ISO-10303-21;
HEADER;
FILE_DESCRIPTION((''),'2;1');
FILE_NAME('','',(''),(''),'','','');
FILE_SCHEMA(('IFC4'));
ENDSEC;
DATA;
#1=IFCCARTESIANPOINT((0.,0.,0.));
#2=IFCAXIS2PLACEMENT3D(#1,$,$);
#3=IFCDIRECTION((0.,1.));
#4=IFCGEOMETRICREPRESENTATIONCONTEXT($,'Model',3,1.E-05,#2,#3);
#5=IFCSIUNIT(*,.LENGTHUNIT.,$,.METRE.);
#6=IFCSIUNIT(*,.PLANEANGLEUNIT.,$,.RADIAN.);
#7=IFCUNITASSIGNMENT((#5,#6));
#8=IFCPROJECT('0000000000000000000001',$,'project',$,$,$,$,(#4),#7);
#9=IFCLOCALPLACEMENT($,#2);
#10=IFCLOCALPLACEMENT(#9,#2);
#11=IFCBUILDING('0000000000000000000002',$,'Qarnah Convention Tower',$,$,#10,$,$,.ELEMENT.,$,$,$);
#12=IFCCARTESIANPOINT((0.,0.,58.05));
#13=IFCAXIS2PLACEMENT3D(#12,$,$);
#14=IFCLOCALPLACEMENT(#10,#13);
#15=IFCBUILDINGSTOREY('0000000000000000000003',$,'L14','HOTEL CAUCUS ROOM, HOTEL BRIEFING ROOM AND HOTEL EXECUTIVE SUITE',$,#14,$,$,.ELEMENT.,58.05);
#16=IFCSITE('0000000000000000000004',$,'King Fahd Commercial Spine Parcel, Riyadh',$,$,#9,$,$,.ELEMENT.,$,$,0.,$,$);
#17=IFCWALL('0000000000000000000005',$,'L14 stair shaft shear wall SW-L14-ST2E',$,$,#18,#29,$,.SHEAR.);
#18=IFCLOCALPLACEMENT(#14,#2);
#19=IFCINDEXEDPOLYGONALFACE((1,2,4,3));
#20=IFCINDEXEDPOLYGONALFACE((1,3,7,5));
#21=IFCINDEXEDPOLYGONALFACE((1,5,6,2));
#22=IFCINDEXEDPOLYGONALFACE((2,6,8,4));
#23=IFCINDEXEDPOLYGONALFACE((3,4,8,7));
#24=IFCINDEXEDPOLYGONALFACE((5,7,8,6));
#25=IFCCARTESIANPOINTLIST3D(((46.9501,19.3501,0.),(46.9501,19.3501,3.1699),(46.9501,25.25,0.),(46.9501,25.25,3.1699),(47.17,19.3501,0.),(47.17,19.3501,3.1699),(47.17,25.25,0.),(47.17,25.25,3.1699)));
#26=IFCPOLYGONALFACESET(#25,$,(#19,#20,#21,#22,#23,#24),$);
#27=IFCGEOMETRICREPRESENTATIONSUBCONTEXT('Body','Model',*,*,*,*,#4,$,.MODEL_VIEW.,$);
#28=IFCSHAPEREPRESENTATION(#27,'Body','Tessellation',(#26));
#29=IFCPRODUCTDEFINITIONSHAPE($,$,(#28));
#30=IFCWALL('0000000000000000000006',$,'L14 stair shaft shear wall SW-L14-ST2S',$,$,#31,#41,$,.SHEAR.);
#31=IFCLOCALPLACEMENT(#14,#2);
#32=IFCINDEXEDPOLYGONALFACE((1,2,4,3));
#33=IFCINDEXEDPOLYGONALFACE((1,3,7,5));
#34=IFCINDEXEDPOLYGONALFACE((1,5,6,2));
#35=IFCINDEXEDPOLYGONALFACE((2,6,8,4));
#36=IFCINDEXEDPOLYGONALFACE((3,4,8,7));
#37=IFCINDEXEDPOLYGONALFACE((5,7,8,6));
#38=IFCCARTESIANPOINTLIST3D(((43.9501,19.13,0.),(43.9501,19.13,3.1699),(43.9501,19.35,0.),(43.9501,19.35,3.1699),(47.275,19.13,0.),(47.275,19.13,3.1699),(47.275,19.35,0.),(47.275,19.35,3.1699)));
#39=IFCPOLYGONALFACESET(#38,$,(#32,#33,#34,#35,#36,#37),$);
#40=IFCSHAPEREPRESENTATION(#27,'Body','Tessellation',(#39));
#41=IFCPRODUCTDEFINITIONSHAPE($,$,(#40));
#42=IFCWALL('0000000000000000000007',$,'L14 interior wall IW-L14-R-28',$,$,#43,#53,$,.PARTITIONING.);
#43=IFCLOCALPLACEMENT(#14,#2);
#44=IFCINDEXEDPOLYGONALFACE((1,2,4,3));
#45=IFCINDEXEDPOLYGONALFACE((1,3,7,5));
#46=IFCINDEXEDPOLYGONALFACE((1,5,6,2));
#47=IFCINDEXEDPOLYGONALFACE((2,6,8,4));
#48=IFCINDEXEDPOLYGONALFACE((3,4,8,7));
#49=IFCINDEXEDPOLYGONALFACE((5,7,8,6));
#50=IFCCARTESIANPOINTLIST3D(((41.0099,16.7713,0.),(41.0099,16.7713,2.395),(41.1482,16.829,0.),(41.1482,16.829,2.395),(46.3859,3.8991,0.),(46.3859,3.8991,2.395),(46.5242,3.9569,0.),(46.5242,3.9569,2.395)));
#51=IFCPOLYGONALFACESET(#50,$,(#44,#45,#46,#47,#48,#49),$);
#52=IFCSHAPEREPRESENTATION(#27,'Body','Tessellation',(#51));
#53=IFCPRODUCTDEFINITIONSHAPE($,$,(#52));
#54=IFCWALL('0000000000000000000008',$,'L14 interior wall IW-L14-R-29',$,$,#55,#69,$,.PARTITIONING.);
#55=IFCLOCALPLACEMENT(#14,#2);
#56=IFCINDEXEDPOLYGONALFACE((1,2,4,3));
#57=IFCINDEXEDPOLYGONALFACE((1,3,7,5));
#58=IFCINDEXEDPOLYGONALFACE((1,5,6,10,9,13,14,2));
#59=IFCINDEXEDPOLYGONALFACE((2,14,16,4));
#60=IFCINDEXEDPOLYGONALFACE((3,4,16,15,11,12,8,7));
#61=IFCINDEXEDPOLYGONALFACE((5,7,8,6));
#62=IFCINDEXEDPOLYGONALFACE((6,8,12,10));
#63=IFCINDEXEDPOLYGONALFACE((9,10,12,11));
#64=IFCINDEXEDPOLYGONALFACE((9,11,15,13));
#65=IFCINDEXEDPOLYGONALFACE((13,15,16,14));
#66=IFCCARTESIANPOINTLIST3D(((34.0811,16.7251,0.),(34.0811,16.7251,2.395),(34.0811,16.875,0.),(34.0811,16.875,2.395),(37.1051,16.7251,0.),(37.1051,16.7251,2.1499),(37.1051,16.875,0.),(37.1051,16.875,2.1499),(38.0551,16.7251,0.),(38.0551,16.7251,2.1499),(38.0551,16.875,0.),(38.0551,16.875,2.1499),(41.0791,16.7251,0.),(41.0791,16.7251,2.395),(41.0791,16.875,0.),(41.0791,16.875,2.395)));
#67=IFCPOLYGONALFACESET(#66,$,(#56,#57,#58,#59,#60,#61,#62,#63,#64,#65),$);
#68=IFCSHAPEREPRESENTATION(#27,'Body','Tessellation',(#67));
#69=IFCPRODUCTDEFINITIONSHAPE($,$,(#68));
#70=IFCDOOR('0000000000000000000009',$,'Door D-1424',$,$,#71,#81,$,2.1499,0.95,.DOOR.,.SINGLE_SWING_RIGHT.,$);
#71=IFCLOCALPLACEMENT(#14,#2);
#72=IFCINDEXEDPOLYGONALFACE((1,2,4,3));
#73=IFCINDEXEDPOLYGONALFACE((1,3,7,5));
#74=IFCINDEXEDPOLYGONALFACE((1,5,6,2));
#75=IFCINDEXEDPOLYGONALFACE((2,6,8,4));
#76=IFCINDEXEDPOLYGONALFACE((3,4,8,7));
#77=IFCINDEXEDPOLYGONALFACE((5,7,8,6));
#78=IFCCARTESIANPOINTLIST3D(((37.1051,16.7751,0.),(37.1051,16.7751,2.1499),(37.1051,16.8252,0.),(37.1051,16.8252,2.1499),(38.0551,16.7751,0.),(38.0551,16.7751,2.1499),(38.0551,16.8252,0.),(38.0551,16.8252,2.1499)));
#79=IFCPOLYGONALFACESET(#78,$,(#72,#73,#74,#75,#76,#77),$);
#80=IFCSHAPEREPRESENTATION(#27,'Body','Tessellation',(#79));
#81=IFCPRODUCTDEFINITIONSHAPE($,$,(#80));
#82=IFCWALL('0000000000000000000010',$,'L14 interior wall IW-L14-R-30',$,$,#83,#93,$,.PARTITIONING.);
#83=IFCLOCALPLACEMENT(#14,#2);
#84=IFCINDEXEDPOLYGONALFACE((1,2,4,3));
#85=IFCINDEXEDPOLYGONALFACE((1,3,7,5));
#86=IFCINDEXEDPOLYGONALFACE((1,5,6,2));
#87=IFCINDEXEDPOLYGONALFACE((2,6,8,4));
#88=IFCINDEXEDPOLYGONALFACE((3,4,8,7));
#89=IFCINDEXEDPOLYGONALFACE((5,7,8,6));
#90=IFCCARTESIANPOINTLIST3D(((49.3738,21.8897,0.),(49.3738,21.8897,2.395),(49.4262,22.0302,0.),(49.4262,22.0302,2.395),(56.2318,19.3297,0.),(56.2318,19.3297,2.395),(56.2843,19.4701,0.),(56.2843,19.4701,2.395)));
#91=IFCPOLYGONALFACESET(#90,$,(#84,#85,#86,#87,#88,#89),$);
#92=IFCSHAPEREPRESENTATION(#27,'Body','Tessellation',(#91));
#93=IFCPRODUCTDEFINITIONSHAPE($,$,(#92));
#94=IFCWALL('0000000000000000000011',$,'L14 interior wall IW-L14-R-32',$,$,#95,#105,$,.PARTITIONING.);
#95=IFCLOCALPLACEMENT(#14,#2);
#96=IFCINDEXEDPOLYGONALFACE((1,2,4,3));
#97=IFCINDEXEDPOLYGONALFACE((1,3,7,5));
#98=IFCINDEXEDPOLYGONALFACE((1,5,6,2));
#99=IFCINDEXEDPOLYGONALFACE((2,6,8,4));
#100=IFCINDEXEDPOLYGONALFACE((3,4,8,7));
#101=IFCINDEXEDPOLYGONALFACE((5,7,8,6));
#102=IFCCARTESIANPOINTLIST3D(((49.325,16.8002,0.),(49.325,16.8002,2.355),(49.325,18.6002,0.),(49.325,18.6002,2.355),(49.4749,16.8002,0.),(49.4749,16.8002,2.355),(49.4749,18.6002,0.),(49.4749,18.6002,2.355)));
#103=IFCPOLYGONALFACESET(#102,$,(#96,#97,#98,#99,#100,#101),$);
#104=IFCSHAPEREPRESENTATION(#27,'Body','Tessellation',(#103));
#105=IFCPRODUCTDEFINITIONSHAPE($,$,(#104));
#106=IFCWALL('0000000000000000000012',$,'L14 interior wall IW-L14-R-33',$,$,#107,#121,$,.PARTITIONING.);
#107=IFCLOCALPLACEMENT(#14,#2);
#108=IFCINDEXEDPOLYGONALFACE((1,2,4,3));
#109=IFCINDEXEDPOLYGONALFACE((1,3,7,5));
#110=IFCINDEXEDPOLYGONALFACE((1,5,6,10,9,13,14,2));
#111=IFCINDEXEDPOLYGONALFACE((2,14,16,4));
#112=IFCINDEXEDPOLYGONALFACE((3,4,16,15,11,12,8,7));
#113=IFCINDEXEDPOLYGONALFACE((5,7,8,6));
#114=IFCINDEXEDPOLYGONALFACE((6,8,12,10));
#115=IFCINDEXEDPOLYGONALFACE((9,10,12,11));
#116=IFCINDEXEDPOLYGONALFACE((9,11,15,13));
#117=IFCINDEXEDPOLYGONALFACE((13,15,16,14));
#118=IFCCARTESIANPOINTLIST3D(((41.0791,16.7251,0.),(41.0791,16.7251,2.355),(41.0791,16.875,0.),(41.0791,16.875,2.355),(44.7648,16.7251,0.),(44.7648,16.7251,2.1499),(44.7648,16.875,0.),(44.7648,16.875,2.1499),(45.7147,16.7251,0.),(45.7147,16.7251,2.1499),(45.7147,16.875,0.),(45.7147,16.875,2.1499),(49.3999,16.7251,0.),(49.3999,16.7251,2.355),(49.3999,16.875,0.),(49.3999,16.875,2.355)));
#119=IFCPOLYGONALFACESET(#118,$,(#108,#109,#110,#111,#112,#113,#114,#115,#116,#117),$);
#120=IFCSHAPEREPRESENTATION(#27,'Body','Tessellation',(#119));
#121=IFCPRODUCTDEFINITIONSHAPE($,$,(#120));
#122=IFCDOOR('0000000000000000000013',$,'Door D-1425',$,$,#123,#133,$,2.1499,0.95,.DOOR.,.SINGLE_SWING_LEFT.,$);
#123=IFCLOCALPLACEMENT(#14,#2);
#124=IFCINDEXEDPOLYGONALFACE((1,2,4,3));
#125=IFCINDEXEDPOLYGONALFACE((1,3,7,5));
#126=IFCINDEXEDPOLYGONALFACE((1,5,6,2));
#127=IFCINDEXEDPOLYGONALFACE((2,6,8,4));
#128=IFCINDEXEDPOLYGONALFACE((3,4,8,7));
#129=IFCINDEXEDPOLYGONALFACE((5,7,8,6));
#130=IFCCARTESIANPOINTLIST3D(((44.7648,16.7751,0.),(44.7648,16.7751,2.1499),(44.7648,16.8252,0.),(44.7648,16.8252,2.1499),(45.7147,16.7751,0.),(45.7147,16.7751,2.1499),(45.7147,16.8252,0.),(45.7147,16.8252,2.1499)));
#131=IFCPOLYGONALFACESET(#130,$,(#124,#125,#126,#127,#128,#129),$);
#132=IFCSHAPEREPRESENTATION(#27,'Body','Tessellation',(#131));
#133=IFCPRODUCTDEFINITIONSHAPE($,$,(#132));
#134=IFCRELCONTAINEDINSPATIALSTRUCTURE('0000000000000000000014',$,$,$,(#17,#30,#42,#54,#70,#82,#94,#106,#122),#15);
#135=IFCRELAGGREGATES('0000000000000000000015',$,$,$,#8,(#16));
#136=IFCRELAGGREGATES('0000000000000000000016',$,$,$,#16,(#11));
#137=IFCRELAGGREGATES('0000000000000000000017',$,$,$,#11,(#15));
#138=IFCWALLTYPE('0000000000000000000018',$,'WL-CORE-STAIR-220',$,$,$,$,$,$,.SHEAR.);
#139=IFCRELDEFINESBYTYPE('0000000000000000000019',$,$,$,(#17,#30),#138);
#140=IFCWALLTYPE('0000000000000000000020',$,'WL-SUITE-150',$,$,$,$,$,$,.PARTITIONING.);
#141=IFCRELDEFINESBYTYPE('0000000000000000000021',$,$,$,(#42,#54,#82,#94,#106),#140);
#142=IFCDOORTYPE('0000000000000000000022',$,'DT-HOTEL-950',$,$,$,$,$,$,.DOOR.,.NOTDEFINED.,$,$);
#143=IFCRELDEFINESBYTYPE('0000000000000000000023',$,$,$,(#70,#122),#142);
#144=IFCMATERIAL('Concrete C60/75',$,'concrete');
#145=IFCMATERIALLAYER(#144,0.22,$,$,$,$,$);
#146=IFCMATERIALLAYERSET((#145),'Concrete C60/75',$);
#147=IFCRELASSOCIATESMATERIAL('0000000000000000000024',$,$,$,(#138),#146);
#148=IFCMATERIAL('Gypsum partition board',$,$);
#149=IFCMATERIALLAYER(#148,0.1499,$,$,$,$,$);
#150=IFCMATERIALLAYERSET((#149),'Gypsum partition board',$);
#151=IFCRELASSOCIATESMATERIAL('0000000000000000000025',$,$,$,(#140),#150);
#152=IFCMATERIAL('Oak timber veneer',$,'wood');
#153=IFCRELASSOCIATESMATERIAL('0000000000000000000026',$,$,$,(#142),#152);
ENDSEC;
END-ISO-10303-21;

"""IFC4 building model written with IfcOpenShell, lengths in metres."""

from ifc_helpers import new_model, si_unit, direction, frame, frame_2d, origin, place, context, subcontext, project, spatial, rectangle, extrude, material, layer, layer_set, type_object, element, fill, save


model = new_model("IFC4")

# Units and contexts
model_context = context("Model", 3, precision=1e-05, world=origin(), true_north=direction((0.0, 1.0)))
body_context = subcontext(model_context, "Body", "Model", "MODEL_VIEW")
ifc_project = project(units=[si_unit("LENGTHUNIT", "METRE"), si_unit("PLANEANGLEUNIT", "RADIAN")], contexts=[model_context])

# Site, building, storey
site_placement = place(None, origin())
site = spatial("IfcSite", under=ifc_project, at=site_placement, Name="King Fahd Commercial Spine Parcel, Riyadh", CompositionType="ELEMENT", RefElevation=0.0)
building_placement = place(site_placement, origin())
building = spatial("IfcBuilding", under=site, at=building_placement, Name="Qarnah Convention Tower", CompositionType="ELEMENT")
storey_placement = place(building_placement, frame((0.0, 0.0, 58.05)))
storey = spatial("IfcBuildingStorey", under=building, at=storey_placement, Name="L14", Description="HOTEL CAUCUS ROOM, HOTEL BRIEFING ROOM AND HOTEL EXECUTIVE SUITE", CompositionType="ELEMENT", Elevation=58.05)

# Shared definitions
ifc_material_1 = material(Name="Concrete C60/75", Category="concrete")

# Walls
ifc_layer_1 = layer(ifc_material_1, 0.22)
ifc_layer_set_1 = layer_set([ifc_layer_1], Name="Concrete C60/75")
wall_type_1 = type_object("IfcWallType", Name="WL-CORE-STAIR-220", PredefinedType="SHEAR", material=ifc_layer_set_1)
wall_1_placement = place(storey_placement, frame((47.0601, 19.3501, 0.0), z_axis=(0.0, 0.0, 1.0), x_axis=(0.0, 1.0, 0.0)))
element("IfcWall", 1, at=wall_1_placement, inside=storey, type_object=wall_type_1, Name="L14 stair shaft shear wall SW-L14-ST2E", PredefinedType="SHEAR", context=body_context, shape_type="SweptSolid", body=[
    extrude(rectangle(XDim=5.8999, YDim=0.22, at=frame_2d((2.95, 0.0))), origin(), (0.0, 0.0, 1.0), 3.1699),
])
wall_2_placement = place(storey_placement, frame((43.95, 19.24, 0.0), z_axis=(0.0, 0.0, 1.0), x_axis=(1.0, 0.0, 0.0)))
element("IfcWall", 2, at=wall_2_placement, inside=storey, type_object=wall_type_1, Name="L14 stair shaft shear wall SW-L14-ST2S", PredefinedType="SHEAR", context=body_context, shape_type="SweptSolid", body=[
    extrude(rectangle(XDim=3.325, YDim=0.22, at=frame_2d((1.6626, 0.0))), origin(), (0.0, 0.0, 1.0), 3.1699),
])
ifc_material_2 = material(Name="Gypsum partition board")
ifc_layer_2 = layer(ifc_material_2, 0.1499)
ifc_layer_set_2 = layer_set([ifc_layer_2], Name="Gypsum partition board")
wall_type_2 = type_object("IfcWallType", Name="WL-SUITE-150", PredefinedType="PARTITIONING", material=ifc_layer_set_2)
wall_3_placement = place(storey_placement, frame((46.4551, 3.928, 0.0), z_axis=(0.0, 0.0, 1.0), x_axis=(-0.385386, 0.922756, 0.0)))
element("IfcWall", 3, at=wall_3_placement, inside=storey, type_object=wall_type_2, Name="L14 interior wall IW-L14-R-28", PredefinedType="PARTITIONING", context=body_context, shape_type="SweptSolid", body=[
    extrude(rectangle(XDim=13.9497, YDim=0.1499, at=frame_2d((6.9749, 0.0))), origin(), (0.0, 0.0, 1.0), 2.395),
])

# Wall, opening, door
wall_4_placement = place(storey_placement, frame((41.0791, 16.8, 0.0), z_axis=(0.0, 0.0, 1.0), x_axis=(-1.0, 0.0, 0.0)))
wall_4 = element("IfcWall", 4, at=wall_4_placement, inside=storey, type_object=wall_type_2, Name="L14 interior wall IW-L14-R-29", PredefinedType="PARTITIONING", context=body_context, shape_type="SweptSolid", body=[
    extrude(rectangle(XDim=6.998, YDim=0.1499, at=frame_2d((3.499, 0.0))), origin(), (0.0, 0.0, 1.0), 2.395),
])
opening_1_placement = place(wall_4_placement, frame((3.0239, 0.0, 0.0)))
opening_1 = element("IfcOpeningElement", 5, at=opening_1_placement, cuts=wall_4, PredefinedType="OPENING", context=body_context, shape_type="SweptSolid", body=[
    extrude(rectangle(XDim=0.95, YDim=2.1499, at=frame_2d((0.4751, 1.075))), frame((0.0, 0.085, 0.0), z_axis=(0.0, -1.0, 0.0), x_axis=(1.0, 0.0, 0.0)), (0.0, 0.0, 1.0), 0.1699),
])
ifc_material_3 = material(Name="Oak timber veneer", Category="wood")
door_type_1 = type_object("IfcDoorType", Name="DT-HOTEL-950", OperationType="NOTDEFINED", PredefinedType="DOOR", material=ifc_material_3)
door_1_placement = place(opening_1_placement, origin())
door_1 = element("IfcDoor", 6, at=door_1_placement, inside=storey, type_object=door_type_1, Name="Door D-1424", OperationType="SINGLE_SWING_RIGHT", OverallHeight=2.1499, OverallWidth=0.95, PredefinedType="DOOR", context=body_context, shape_type="SweptSolid", body=[
    extrude(rectangle(XDim=0.95, YDim=2.1499, at=frame_2d((0.4751, 1.075))), frame((0.0, 0.0249, 0.0), z_axis=(0.0, -1.0, 0.0), x_axis=(1.0, 0.0, 0.0)), (0.0, 0.0, 1.0), 0.05),
])
fill(opening_1, door_1)

# Walls
wall_5_placement = place(storey_placement, frame((56.2581, 19.3999, 0.0), z_axis=(0.0, 0.0, 1.0), x_axis=(-0.936856, 0.349716, 0.0)))
element("IfcWall", 7, at=wall_5_placement, inside=storey, type_object=wall_type_2, Name="L14 interior wall IW-L14-R-30", PredefinedType="PARTITIONING", context=body_context, shape_type="SweptSolid", body=[
    extrude(rectangle(XDim=7.3203, YDim=0.1499, at=frame_2d((3.6602, 0.0))), origin(), (0.0, 0.0, 1.0), 2.395),
])
wall_6_placement = place(storey_placement, frame((49.3999, 18.6001, 0.0), z_axis=(0.0, 0.0, 1.0), x_axis=(0.0, -1.0, 0.0)))
element("IfcWall", 8, at=wall_6_placement, inside=storey, type_object=wall_type_2, Name="L14 interior wall IW-L14-R-32", PredefinedType="PARTITIONING", context=body_context, shape_type="SweptSolid", body=[
    extrude(rectangle(XDim=1.8, YDim=0.1499, at=frame_2d((0.8999, 0.0))), origin(), (0.0, 0.0, 1.0), 2.355),
])

# Wall, opening, door
wall_7_placement = place(storey_placement, frame((49.3999, 16.8, 0.0), z_axis=(0.0, 0.0, 1.0), x_axis=(-1.0, 0.0, 0.0)))
wall_7 = element("IfcWall", 9, at=wall_7_placement, inside=storey, type_object=wall_type_2, Name="L14 interior wall IW-L14-R-33", PredefinedType="PARTITIONING", context=body_context, shape_type="SweptSolid", body=[
    extrude(rectangle(XDim=8.3208, YDim=0.1499, at=frame_2d((4.1604, 0.0))), origin(), (0.0, 0.0, 1.0), 2.355),
])
opening_2_placement = place(wall_7_placement, frame((3.6851, 0.0, 0.0)))
opening_2 = element("IfcOpeningElement", 10, at=opening_2_placement, cuts=wall_7, PredefinedType="OPENING", context=body_context, shape_type="SweptSolid", body=[
    extrude(rectangle(XDim=0.95, YDim=2.1499, at=frame_2d((0.4751, 1.075))), frame((0.0, 0.085, 0.0), z_axis=(0.0, -1.0, 0.0), x_axis=(1.0, 0.0, 0.0)), (0.0, 0.0, 1.0), 0.1699),
])
door_2_placement = place(opening_2_placement, origin())
door_2 = element("IfcDoor", 11, at=door_2_placement, inside=storey, type_object=door_type_1, Name="Door D-1425", OperationType="SINGLE_SWING_LEFT", OverallHeight=2.1499, OverallWidth=0.95, PredefinedType="DOOR", context=body_context, shape_type="SweptSolid", body=[
    extrude(rectangle(XDim=0.95, YDim=2.1499, at=frame_2d((0.4751, 1.075))), frame((0.0, 0.0249, 0.0), z_axis=(0.0, -1.0, 0.0), x_axis=(1.0, 0.0, 0.0)), (0.0, 0.0, 1.0), 0.05),
])
fill(opening_2, door_2)

save(model, "model.ifc")
